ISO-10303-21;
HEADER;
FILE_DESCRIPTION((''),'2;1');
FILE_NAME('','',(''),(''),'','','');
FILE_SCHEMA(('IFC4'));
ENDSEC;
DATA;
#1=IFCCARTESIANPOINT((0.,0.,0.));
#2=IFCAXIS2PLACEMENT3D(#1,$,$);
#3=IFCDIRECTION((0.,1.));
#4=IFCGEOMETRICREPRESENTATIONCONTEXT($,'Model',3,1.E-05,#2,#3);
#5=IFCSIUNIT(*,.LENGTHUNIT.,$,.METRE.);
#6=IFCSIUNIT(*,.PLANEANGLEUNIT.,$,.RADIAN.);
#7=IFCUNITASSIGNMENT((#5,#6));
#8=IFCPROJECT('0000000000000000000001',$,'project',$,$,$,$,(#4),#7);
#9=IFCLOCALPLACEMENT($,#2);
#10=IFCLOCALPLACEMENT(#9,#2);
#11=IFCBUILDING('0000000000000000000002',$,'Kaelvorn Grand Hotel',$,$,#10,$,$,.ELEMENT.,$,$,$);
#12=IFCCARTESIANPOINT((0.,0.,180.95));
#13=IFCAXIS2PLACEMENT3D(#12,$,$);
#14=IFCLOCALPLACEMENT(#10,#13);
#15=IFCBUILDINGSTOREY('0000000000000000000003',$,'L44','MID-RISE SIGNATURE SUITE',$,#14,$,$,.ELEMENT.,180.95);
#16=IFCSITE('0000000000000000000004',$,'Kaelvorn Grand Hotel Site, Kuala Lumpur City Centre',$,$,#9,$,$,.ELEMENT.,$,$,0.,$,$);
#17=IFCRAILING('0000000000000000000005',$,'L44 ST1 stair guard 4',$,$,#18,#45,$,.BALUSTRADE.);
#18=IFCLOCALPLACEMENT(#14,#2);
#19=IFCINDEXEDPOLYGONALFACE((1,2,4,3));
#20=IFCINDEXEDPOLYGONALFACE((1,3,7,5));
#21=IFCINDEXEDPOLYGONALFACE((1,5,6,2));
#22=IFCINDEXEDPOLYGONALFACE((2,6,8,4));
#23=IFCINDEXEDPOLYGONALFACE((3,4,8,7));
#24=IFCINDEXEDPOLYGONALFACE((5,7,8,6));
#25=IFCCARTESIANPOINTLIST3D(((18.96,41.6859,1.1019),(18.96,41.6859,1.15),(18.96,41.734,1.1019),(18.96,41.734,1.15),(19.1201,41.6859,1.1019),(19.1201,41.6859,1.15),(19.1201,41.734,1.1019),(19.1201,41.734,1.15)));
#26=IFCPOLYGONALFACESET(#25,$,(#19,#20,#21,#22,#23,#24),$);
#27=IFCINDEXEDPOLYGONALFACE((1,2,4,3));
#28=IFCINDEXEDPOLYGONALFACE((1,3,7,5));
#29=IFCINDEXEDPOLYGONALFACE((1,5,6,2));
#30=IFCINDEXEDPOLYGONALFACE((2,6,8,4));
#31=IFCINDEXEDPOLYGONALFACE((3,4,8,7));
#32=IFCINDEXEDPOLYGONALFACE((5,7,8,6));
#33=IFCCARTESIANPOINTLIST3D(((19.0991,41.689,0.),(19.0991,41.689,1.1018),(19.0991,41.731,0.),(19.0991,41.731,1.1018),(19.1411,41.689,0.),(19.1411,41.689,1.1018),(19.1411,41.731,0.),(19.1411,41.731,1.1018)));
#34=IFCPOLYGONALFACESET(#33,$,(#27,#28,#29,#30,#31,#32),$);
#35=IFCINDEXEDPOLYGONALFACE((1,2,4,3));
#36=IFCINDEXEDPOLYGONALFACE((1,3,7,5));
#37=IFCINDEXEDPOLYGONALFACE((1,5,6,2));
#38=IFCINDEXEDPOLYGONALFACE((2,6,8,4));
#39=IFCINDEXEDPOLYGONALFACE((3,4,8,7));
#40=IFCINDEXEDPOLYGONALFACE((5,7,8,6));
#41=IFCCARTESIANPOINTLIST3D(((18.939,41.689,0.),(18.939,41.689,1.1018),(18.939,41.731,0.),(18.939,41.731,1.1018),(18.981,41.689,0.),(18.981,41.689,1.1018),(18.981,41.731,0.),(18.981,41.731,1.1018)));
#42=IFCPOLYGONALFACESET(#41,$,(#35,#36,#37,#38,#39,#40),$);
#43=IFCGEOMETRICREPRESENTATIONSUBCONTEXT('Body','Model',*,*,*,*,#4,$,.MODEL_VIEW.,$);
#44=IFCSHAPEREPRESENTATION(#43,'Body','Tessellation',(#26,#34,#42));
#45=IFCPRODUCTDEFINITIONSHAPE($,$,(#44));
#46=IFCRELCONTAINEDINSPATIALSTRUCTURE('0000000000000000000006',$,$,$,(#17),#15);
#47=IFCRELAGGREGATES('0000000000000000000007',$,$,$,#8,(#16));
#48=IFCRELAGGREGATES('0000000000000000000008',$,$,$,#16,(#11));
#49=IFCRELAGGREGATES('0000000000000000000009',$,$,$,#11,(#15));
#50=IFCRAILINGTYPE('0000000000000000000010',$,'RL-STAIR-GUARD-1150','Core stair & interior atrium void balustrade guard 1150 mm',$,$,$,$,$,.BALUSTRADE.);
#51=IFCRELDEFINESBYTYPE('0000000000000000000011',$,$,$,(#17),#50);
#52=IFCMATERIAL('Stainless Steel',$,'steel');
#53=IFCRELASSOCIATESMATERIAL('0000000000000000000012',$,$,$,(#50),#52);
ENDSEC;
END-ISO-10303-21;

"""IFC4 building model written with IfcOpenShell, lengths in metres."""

from ifc_helpers import new_model, si_unit, direction, frame, origin, origin_2d, place, context, subcontext, project, spatial, rectangle, extrude, material, type_object, element, save


model = new_model("IFC4")

# Units and contexts
model_context = context("Model", 3, precision=1e-05, world=origin(), true_north=direction((0.0, 1.0)))
body_context = subcontext(model_context, "Body", "Model", "MODEL_VIEW")
ifc_project = project(units=[si_unit("LENGTHUNIT", "METRE"), si_unit("PLANEANGLEUNIT", "RADIAN")], contexts=[model_context])

# Site, building, storey
site_placement = place(None, origin())
site = spatial("IfcSite", under=ifc_project, at=site_placement, Name="Kaelvorn Grand Hotel Site, Kuala Lumpur City Centre", CompositionType="ELEMENT", RefElevation=0.0)
building_placement = place(site_placement, origin())
building = spatial("IfcBuilding", under=site, at=building_placement, Name="Kaelvorn Grand Hotel", CompositionType="ELEMENT")
storey_placement = place(building_placement, frame((0.0, 0.0, 180.95)))
storey = spatial("IfcBuildingStorey", under=building, at=storey_placement, Name="L44", Description="MID-RISE SIGNATURE SUITE", CompositionType="ELEMENT", Elevation=180.95)

# Railing
ifc_material_1 = material(Name="Stainless Steel", Category="steel")
railing_type_1 = type_object("IfcRailingType", Name="RL-STAIR-GUARD-1150", Description="Core stair & interior atrium void balustrade guard 1150 mm", PredefinedType="BALUSTRADE", material=ifc_material_1)
railing_1_placement = place(storey_placement, frame((19.1201, 41.71, 0.0)))
element("IfcRailing", 1, at=railing_1_placement, inside=storey, type_object=railing_type_1, Name="L44 ST1 stair guard 4", PredefinedType="BALUSTRADE", context=body_context, shape_type="SweptSolid", body=[
    extrude(rectangle(XDim=0.0481, YDim=0.0481, at=origin_2d()), frame((0.0, 0.0, 1.126), z_axis=(-1.0, 0.0, 0.0), x_axis=(0.0, -1.0, 0.0)), (0.0, 0.0, 1.0), 0.1602),
    extrude(rectangle(XDim=0.042, YDim=0.042, at=origin_2d()), origin(), (0.0, 0.0, 1.0), 1.1018),
    extrude(rectangle(XDim=0.042, YDim=0.042, at=origin_2d()), frame((-0.1602, 0.0, 0.0)), (0.0, 0.0, 1.0), 1.1018),
])

save(model, "model.ifc")
